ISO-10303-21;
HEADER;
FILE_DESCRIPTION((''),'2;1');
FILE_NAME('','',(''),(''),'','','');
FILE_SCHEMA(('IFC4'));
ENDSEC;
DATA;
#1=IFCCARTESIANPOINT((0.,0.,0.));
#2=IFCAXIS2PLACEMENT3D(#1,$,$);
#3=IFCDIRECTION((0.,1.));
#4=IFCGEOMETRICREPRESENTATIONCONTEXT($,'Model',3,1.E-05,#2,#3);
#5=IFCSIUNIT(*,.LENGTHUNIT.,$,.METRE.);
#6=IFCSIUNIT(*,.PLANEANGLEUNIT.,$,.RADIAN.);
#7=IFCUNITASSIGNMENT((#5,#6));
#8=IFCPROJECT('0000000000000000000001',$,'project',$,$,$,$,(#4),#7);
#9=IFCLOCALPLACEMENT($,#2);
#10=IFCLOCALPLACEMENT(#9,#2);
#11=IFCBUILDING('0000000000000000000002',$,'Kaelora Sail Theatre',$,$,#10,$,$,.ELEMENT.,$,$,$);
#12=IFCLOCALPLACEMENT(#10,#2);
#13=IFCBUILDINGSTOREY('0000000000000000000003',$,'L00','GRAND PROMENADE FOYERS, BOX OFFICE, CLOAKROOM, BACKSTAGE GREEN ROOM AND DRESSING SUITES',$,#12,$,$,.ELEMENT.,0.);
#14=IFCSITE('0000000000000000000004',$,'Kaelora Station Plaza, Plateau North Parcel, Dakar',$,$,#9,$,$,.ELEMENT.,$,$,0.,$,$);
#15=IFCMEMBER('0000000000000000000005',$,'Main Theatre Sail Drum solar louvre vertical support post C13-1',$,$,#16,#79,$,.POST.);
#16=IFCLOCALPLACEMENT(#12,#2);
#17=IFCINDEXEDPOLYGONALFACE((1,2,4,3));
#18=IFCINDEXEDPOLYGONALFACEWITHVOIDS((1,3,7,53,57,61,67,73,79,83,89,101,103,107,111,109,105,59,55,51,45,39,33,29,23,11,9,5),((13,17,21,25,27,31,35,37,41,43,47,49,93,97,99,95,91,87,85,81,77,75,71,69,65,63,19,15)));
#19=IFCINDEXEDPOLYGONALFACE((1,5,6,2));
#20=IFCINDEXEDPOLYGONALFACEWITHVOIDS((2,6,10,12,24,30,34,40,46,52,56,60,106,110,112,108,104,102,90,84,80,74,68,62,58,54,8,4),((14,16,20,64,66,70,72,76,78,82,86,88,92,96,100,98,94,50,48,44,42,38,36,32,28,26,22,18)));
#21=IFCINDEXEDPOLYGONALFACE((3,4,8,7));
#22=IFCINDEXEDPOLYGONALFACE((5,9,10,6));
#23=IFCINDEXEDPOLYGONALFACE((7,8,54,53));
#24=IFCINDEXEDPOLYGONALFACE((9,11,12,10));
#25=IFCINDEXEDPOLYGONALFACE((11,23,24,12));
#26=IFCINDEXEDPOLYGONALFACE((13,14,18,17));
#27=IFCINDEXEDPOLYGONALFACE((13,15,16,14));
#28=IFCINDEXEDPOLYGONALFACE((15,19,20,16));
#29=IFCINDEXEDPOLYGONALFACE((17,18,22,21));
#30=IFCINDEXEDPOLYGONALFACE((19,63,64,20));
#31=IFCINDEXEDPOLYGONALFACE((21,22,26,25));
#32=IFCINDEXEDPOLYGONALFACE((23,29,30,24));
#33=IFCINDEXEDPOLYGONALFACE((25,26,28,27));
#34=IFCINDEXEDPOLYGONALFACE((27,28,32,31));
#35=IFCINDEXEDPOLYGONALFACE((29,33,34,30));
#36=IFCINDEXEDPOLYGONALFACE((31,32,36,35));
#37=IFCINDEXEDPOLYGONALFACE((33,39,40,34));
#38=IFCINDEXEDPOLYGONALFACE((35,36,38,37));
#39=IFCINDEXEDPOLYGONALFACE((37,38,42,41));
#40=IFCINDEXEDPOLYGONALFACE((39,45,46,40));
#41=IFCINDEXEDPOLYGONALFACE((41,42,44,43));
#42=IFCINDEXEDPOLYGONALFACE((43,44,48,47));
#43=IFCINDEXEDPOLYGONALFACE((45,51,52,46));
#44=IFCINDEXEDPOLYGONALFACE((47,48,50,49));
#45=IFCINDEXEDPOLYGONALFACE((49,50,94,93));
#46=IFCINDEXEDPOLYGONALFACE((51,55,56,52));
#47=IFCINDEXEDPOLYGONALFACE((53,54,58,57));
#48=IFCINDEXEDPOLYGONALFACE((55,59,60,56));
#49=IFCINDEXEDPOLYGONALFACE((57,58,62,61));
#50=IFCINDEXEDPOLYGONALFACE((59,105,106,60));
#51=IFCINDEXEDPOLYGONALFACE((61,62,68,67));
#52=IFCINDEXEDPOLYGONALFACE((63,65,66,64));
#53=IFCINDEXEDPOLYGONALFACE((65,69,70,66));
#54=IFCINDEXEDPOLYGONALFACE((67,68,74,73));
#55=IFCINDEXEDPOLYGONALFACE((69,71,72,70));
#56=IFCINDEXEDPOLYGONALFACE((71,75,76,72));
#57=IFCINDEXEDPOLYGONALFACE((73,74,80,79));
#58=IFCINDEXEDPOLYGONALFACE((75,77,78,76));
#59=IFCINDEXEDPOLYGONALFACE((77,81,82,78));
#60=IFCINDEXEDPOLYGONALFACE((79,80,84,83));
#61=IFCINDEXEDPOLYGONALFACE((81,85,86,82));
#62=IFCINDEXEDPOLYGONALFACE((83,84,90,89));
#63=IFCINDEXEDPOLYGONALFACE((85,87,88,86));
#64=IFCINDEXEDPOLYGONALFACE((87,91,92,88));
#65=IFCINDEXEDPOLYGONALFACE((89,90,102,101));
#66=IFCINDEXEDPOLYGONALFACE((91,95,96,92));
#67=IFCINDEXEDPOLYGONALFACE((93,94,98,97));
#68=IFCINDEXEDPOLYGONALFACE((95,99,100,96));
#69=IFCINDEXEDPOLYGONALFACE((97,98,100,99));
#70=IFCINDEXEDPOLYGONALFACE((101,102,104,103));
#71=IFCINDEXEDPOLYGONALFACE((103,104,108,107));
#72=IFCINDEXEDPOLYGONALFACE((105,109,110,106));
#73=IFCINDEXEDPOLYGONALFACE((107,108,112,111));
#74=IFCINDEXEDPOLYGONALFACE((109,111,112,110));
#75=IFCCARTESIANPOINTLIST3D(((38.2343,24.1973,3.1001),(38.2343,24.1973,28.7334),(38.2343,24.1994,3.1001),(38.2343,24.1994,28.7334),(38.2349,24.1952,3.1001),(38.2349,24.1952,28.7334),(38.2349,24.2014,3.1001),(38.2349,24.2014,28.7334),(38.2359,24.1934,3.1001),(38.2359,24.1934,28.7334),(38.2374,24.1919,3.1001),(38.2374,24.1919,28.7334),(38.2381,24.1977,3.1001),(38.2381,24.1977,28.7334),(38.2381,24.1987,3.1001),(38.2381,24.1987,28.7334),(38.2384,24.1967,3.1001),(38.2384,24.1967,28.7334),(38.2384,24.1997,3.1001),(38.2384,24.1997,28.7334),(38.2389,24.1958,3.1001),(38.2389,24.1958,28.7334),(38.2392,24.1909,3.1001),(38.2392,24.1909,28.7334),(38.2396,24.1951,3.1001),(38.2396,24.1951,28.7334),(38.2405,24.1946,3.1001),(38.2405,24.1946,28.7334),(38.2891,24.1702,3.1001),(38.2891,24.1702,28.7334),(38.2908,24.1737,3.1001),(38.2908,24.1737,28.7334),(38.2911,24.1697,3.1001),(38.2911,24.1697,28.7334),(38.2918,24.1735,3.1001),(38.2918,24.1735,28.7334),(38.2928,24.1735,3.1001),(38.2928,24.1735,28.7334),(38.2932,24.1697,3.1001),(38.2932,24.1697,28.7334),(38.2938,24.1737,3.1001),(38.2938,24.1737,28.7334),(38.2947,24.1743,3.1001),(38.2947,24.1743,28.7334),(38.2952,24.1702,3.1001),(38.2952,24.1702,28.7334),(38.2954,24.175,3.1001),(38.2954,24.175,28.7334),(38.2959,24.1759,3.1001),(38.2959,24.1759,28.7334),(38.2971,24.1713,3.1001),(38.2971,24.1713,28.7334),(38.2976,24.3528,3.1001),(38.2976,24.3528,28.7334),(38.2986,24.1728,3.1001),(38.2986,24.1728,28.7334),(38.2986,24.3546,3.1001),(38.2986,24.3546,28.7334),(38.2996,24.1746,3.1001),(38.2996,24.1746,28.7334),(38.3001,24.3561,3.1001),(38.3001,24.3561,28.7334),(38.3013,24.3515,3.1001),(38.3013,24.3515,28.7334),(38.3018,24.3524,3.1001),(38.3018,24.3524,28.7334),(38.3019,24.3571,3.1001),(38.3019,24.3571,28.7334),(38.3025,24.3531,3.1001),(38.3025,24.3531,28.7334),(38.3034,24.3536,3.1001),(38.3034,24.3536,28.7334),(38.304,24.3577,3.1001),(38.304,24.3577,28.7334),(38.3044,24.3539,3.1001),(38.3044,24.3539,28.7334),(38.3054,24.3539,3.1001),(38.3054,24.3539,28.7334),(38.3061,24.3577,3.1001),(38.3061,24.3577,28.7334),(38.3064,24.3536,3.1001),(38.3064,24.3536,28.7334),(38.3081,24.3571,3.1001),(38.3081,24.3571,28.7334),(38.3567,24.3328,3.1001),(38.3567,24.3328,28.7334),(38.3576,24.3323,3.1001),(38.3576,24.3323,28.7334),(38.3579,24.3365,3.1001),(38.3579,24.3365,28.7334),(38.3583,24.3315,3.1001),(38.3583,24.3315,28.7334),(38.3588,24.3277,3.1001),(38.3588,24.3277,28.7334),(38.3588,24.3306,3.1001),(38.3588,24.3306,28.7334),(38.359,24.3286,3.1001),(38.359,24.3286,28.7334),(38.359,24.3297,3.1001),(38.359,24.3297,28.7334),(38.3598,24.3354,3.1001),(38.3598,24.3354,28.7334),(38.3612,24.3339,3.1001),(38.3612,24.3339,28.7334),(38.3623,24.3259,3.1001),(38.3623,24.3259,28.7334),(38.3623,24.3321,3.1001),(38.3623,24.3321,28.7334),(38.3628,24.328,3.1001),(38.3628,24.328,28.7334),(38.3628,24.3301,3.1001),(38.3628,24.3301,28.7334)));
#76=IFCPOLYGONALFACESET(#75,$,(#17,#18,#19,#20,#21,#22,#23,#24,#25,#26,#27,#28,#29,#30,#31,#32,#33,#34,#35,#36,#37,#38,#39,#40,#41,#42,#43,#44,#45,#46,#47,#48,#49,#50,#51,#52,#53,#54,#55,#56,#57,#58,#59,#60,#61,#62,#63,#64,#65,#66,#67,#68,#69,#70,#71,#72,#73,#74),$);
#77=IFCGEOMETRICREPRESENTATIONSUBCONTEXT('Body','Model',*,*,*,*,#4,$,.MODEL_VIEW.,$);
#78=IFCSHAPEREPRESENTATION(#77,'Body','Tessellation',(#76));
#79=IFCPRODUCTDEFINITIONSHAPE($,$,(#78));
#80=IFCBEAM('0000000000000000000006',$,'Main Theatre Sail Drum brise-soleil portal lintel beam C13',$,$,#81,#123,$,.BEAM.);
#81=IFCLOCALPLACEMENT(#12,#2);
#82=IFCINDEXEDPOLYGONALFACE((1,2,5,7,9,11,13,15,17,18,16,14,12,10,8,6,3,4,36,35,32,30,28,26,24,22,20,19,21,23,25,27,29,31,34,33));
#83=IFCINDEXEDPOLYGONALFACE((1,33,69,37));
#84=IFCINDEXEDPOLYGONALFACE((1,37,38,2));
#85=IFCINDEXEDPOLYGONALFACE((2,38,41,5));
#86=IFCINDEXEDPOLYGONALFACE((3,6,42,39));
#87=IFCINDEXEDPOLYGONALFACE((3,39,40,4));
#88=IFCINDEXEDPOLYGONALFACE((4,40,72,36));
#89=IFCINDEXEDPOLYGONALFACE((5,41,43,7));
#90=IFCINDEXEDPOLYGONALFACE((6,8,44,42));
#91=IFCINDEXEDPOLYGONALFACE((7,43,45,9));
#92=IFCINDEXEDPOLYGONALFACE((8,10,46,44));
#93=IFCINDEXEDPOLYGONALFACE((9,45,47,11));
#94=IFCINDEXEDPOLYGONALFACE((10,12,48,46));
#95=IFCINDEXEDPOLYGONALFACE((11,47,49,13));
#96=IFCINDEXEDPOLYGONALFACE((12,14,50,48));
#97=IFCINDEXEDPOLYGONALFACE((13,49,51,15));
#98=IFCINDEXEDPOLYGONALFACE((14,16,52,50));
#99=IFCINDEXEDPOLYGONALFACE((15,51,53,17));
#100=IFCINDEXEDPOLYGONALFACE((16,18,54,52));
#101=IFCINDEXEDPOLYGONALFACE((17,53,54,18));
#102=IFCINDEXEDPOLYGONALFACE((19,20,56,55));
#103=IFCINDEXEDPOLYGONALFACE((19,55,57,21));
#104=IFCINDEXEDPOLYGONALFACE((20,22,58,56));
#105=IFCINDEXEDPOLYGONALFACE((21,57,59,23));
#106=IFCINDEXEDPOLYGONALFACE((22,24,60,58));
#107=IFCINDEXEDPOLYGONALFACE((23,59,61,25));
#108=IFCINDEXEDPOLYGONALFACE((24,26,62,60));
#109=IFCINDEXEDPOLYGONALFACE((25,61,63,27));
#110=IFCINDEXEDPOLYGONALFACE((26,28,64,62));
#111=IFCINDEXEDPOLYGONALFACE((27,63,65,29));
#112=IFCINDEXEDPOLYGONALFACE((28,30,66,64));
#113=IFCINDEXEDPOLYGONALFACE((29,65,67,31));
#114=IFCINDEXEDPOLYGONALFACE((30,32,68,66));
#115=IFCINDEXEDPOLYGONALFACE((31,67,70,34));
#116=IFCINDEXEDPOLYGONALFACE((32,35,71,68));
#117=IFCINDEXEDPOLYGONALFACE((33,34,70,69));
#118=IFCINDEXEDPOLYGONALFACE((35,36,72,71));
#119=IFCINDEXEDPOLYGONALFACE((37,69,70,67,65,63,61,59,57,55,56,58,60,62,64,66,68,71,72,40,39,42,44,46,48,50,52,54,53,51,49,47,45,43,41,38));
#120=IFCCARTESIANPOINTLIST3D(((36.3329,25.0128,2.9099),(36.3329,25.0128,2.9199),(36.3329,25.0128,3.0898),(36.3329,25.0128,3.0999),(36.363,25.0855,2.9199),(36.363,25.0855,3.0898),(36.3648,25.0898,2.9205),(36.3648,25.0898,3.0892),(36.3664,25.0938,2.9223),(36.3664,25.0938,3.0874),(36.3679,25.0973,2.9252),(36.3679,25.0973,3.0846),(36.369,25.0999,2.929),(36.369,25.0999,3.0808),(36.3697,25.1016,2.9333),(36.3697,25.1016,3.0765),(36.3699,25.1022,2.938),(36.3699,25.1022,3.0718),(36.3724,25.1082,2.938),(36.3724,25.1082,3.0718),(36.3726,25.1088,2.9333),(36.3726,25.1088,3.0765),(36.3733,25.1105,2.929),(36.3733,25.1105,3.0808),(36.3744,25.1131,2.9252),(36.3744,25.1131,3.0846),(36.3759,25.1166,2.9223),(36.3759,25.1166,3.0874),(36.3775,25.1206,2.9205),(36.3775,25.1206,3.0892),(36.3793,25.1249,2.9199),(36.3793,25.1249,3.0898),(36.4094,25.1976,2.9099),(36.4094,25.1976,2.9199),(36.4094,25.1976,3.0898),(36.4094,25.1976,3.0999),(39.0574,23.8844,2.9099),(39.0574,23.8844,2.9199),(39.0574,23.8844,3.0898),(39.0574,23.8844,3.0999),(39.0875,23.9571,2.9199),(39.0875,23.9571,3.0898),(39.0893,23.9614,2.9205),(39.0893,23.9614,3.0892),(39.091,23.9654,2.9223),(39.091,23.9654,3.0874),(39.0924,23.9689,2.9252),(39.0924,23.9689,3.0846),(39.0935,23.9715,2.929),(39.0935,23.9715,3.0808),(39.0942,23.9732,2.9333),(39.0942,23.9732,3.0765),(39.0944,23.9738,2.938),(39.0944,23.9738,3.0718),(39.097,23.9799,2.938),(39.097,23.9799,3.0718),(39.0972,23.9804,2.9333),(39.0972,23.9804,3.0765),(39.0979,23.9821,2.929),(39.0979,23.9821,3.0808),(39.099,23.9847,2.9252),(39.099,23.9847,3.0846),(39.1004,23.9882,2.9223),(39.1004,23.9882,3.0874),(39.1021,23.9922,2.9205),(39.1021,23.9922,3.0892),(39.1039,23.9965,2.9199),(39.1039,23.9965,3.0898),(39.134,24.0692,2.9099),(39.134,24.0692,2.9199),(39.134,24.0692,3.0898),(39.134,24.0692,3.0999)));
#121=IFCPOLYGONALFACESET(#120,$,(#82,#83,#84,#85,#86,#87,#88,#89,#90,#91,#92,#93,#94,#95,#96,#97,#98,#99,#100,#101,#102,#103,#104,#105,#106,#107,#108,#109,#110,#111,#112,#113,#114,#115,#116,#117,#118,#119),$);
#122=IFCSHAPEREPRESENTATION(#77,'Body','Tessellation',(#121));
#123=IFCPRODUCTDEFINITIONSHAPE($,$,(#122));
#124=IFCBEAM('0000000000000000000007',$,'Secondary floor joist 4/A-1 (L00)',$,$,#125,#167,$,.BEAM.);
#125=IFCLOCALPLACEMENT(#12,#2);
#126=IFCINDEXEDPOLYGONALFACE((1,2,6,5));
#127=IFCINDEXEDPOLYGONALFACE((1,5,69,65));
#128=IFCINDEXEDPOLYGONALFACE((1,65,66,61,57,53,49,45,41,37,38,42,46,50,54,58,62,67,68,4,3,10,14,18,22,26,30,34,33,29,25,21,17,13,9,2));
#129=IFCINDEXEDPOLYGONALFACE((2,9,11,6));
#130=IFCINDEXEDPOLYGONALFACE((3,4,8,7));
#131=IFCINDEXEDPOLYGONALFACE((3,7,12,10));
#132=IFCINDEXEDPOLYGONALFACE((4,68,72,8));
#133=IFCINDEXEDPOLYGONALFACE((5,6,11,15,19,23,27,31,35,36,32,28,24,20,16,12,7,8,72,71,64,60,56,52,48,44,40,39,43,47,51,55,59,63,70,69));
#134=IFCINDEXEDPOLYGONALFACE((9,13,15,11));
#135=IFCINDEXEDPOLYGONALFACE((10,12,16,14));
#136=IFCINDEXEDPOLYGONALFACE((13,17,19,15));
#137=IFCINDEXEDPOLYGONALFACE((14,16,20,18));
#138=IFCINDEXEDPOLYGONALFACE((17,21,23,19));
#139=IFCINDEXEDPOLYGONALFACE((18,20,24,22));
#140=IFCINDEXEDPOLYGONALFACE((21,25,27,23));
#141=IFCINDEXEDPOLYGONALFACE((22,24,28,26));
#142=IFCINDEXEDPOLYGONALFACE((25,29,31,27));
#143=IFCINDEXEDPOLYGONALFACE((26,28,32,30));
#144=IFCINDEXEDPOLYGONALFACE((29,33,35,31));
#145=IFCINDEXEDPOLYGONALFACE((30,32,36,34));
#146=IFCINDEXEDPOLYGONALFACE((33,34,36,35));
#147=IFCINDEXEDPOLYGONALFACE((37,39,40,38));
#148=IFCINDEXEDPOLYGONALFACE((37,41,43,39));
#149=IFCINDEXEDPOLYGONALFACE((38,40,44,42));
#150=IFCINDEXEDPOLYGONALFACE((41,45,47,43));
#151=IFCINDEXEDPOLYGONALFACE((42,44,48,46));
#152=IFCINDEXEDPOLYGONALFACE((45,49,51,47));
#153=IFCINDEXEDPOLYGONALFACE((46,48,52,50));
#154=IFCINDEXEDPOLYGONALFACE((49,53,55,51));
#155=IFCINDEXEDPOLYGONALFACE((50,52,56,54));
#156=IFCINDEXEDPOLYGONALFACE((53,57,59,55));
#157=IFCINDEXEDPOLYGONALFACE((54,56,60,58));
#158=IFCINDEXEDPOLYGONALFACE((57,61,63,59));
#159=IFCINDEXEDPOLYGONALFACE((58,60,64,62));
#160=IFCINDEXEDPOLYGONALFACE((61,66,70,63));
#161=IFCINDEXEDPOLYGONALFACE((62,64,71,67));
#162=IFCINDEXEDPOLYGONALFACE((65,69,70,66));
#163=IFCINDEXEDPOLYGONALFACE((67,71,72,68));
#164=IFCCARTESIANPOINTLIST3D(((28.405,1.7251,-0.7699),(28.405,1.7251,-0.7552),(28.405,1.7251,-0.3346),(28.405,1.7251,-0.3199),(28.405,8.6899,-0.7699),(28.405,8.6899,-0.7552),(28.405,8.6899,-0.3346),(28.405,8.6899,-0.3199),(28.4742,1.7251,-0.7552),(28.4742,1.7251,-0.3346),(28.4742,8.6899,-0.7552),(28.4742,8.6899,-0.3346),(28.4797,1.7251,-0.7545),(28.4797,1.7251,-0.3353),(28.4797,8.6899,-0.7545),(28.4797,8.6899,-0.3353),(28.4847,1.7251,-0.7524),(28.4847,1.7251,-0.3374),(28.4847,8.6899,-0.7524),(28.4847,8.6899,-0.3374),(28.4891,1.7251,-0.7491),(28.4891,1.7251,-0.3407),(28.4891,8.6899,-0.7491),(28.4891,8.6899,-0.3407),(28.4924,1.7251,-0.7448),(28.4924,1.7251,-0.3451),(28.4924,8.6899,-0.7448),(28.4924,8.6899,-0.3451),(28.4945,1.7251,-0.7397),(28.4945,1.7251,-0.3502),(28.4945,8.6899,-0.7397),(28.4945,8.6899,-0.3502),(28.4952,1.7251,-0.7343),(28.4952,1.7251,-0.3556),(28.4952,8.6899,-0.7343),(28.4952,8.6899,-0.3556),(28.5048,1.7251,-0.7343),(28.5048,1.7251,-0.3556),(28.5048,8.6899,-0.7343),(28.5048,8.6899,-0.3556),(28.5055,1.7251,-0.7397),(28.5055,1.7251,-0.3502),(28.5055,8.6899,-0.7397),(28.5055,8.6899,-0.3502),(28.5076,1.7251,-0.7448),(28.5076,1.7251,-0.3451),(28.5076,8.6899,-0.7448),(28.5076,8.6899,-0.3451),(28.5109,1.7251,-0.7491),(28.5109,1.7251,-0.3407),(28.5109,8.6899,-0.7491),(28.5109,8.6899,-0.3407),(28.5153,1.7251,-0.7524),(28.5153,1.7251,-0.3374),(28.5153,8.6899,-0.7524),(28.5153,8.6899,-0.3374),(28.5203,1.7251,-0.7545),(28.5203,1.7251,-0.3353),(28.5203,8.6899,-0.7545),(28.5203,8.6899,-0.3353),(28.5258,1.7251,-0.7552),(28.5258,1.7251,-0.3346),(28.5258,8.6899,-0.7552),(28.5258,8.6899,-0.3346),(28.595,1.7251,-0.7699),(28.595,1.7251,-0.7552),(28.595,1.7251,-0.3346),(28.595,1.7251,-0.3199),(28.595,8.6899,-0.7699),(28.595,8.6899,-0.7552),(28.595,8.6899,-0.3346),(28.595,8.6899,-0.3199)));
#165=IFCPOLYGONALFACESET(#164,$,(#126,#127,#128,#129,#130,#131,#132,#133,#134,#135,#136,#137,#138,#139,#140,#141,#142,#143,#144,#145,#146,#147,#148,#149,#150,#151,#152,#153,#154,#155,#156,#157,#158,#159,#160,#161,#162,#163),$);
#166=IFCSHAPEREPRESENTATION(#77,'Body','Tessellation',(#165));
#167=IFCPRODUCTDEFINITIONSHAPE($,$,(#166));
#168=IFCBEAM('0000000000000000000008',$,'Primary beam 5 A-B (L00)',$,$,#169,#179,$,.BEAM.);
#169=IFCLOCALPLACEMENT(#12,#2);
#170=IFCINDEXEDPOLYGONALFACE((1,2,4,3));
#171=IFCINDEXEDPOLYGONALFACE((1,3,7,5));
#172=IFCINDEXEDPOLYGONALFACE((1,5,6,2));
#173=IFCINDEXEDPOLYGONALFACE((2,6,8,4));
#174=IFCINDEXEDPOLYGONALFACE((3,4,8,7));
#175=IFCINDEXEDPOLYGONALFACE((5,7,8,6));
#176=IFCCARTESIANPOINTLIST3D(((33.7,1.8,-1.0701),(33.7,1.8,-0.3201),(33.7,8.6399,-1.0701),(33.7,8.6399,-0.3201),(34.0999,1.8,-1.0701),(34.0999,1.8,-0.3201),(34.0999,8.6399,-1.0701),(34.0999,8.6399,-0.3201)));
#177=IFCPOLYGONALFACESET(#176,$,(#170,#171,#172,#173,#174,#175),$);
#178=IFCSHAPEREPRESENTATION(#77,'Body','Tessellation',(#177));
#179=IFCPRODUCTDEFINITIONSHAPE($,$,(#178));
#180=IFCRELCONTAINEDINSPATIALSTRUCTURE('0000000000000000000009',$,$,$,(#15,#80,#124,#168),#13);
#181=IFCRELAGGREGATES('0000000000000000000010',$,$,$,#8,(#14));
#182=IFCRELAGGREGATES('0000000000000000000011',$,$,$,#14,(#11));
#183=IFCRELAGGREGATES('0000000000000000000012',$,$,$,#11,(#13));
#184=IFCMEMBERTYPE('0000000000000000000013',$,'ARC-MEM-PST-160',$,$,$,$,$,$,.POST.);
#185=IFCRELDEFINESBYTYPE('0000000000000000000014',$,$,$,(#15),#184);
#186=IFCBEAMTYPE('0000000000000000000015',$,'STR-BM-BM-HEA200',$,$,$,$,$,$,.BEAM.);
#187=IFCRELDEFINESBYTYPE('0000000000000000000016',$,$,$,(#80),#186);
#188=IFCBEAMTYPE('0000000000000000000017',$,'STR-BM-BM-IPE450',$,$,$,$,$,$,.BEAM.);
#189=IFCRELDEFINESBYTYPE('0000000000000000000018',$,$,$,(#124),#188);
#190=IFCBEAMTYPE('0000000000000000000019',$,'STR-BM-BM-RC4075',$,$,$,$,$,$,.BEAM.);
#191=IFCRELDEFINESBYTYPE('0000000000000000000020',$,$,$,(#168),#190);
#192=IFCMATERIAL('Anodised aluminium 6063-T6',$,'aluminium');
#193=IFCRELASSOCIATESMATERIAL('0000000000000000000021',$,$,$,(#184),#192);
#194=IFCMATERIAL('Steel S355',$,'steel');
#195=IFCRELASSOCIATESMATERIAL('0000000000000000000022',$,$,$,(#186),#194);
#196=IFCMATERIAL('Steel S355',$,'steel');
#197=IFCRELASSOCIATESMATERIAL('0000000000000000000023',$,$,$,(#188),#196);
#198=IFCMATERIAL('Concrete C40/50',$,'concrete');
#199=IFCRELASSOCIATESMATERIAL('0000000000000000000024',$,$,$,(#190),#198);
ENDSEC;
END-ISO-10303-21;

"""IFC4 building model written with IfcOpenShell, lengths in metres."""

from ifc_helpers import new_model, si_unit, direction, frame, origin, origin_2d, place, context, subcontext, project, spatial, rectangle, hollow_rectangle, i_section, extrude, material, material_profile, profile_set, type_object, element, save


model = new_model("IFC4")

# Units and contexts
model_context = context("Model", 3, precision=1e-05, world=origin(), true_north=direction((0.0, 1.0)))
body_context = subcontext(model_context, "Body", "Model", "MODEL_VIEW")
ifc_project = project(units=[si_unit("LENGTHUNIT", "METRE"), si_unit("PLANEANGLEUNIT", "RADIAN")], contexts=[model_context])

# Site, building, storey
site_placement = place(None, origin())
site = spatial("IfcSite", under=ifc_project, at=site_placement, Name="Kaelora Station Plaza, Plateau North Parcel, Dakar", CompositionType="ELEMENT", RefElevation=0.0)
building_placement = place(site_placement, origin())
building = spatial("IfcBuilding", under=site, at=building_placement, Name="Kaelora Sail Theatre", CompositionType="ELEMENT")
storey_placement = place(building_placement, origin())
storey = spatial("IfcBuildingStorey", under=building, at=storey_placement, Name="L00", Description="GRAND PROMENADE FOYERS, BOX OFFICE, CLOAKROOM, BACKSTAGE GREEN ROOM AND DRESSING SUITES", CompositionType="ELEMENT", Elevation=0.0)

# Member
ifc_material_1 = material(Name="Anodised aluminium 6063-T6", Category="aluminium")
ifc_material_profile_1 = material_profile(ifc_material_1, hollow_rectangle(XDim=0.0701, YDim=0.1799, WallThickness=0.0039, InnerFilletRadius=0.0039, OuterFilletRadius=0.0081, at=origin_2d()), Name="ALU-MULL 70x180x4")
ifc_profile_set_1 = profile_set([ifc_material_profile_1], Name="Anodised aluminium 6063-T6")
member_type_1 = type_object("IfcMemberType", Name="ARC-MEM-PST-160", PredefinedType="POST", material=ifc_profile_set_1)
member_placement = place(storey_placement, frame((38.2986, 24.2637, 3.1001), z_axis=(0.0, 0.0, 1.0), x_axis=(-0.92388, 0.382683, 0.0)))
element("IfcMember", 1, at=member_placement, inside=storey, type_object=member_type_1, Name="Main Theatre Sail Drum solar louvre vertical support post C13-1", PredefinedType="POST", context=body_context, shape_type="SweptSolid", body=[
    extrude(hollow_rectangle(XDim=0.0701, YDim=0.1799, WallThickness=0.0039, InnerFilletRadius=0.0039, OuterFilletRadius=0.0081, at=origin_2d()), origin(), (0.0, 0.0, 1.0), 25.6333),
])

# Beams
ifc_material_2 = material(Name="Steel S355", Category="steel")
ifc_material_profile_2 = material_profile(ifc_material_2, i_section(OverallWidth=0.2, OverallDepth=0.1899, WebThickness=0.0066, FlangeThickness=0.01, FilletRadius=0.0181, at=origin_2d()), Name="HEA 200")
ifc_profile_set_2 = profile_set([ifc_material_profile_2], Name="Steel S355")
beam_type_1 = type_object("IfcBeamType", Name="STR-BM-BM-HEA200", PredefinedType="BEAM", material=ifc_profile_set_2)
beam_1_placement = place(storey_placement, frame((39.0957, 23.9768, 3.0049), z_axis=(-0.923898, 0.382639, 0.0), x_axis=(-0.382639, -0.923898, 0.0)))
element("IfcBeam", 2, at=beam_1_placement, inside=storey, type_object=beam_type_1, Name="Main Theatre Sail Drum brise-soleil portal lintel beam C13", PredefinedType="BEAM", context=body_context, shape_type="SweptSolid", body=[
    extrude(i_section(OverallWidth=0.2, OverallDepth=0.1899, WebThickness=0.0066, FlangeThickness=0.01, FilletRadius=0.0181, at=origin_2d()), origin(), (0.0, 0.0, 1.0), 2.949),
])
ifc_material_3 = material(Name="Steel S355", Category="steel")
ifc_material_profile_3 = material_profile(ifc_material_3, i_section(OverallWidth=0.1899, OverallDepth=0.45, WebThickness=0.0095, FlangeThickness=0.0146, FilletRadius=0.021, at=origin_2d()), Name="IPE 450")
ifc_profile_set_3 = profile_set([ifc_material_profile_3], Name="Steel S355")
beam_type_2 = type_object("IfcBeamType", Name="STR-BM-BM-IPE450", PredefinedType="BEAM", material=ifc_profile_set_3)
beam_2_placement = place(storey_placement, frame((28.5, 1.7251, -0.5449), z_axis=(0.0, 1.0, 0.0), x_axis=(-1.0, 0.0, 0.0)))
element("IfcBeam", 3, at=beam_2_placement, inside=storey, type_object=beam_type_2, Name="Secondary floor joist 4/A-1 (L00)", PredefinedType="BEAM", context=body_context, shape_type="SweptSolid", body=[
    extrude(i_section(OverallWidth=0.1899, OverallDepth=0.45, WebThickness=0.0095, FlangeThickness=0.0146, FilletRadius=0.021, at=origin_2d()), origin(), (0.0, 0.0, 1.0), 6.9648),
])
ifc_material_4 = material(Name="Concrete C40/50", Category="concrete")
ifc_material_profile_4 = material_profile(ifc_material_4, rectangle(XDim=0.3999, YDim=0.75, at=origin_2d()), Name="RC-BM 400x750")
ifc_profile_set_4 = profile_set([ifc_material_profile_4], Name="Concrete C40/50")
beam_type_3 = type_object("IfcBeamType", Name="STR-BM-BM-RC4075", PredefinedType="BEAM", material=ifc_profile_set_4)
beam_3_placement = place(storey_placement, frame((33.8999, 1.8, -0.6951), z_axis=(0.0, 1.0, 0.0), x_axis=(-1.0, 0.0, 0.0)))
element("IfcBeam", 4, at=beam_3_placement, inside=storey, type_object=beam_type_3, Name="Primary beam 5 A-B (L00)", PredefinedType="BEAM", context=body_context, shape_type="SweptSolid", body=[
    extrude(rectangle(XDim=0.3999, YDim=0.75, at=origin_2d()), origin(), (0.0, 0.0, 1.0), 6.8398),
])

save(model, "model.ifc")
